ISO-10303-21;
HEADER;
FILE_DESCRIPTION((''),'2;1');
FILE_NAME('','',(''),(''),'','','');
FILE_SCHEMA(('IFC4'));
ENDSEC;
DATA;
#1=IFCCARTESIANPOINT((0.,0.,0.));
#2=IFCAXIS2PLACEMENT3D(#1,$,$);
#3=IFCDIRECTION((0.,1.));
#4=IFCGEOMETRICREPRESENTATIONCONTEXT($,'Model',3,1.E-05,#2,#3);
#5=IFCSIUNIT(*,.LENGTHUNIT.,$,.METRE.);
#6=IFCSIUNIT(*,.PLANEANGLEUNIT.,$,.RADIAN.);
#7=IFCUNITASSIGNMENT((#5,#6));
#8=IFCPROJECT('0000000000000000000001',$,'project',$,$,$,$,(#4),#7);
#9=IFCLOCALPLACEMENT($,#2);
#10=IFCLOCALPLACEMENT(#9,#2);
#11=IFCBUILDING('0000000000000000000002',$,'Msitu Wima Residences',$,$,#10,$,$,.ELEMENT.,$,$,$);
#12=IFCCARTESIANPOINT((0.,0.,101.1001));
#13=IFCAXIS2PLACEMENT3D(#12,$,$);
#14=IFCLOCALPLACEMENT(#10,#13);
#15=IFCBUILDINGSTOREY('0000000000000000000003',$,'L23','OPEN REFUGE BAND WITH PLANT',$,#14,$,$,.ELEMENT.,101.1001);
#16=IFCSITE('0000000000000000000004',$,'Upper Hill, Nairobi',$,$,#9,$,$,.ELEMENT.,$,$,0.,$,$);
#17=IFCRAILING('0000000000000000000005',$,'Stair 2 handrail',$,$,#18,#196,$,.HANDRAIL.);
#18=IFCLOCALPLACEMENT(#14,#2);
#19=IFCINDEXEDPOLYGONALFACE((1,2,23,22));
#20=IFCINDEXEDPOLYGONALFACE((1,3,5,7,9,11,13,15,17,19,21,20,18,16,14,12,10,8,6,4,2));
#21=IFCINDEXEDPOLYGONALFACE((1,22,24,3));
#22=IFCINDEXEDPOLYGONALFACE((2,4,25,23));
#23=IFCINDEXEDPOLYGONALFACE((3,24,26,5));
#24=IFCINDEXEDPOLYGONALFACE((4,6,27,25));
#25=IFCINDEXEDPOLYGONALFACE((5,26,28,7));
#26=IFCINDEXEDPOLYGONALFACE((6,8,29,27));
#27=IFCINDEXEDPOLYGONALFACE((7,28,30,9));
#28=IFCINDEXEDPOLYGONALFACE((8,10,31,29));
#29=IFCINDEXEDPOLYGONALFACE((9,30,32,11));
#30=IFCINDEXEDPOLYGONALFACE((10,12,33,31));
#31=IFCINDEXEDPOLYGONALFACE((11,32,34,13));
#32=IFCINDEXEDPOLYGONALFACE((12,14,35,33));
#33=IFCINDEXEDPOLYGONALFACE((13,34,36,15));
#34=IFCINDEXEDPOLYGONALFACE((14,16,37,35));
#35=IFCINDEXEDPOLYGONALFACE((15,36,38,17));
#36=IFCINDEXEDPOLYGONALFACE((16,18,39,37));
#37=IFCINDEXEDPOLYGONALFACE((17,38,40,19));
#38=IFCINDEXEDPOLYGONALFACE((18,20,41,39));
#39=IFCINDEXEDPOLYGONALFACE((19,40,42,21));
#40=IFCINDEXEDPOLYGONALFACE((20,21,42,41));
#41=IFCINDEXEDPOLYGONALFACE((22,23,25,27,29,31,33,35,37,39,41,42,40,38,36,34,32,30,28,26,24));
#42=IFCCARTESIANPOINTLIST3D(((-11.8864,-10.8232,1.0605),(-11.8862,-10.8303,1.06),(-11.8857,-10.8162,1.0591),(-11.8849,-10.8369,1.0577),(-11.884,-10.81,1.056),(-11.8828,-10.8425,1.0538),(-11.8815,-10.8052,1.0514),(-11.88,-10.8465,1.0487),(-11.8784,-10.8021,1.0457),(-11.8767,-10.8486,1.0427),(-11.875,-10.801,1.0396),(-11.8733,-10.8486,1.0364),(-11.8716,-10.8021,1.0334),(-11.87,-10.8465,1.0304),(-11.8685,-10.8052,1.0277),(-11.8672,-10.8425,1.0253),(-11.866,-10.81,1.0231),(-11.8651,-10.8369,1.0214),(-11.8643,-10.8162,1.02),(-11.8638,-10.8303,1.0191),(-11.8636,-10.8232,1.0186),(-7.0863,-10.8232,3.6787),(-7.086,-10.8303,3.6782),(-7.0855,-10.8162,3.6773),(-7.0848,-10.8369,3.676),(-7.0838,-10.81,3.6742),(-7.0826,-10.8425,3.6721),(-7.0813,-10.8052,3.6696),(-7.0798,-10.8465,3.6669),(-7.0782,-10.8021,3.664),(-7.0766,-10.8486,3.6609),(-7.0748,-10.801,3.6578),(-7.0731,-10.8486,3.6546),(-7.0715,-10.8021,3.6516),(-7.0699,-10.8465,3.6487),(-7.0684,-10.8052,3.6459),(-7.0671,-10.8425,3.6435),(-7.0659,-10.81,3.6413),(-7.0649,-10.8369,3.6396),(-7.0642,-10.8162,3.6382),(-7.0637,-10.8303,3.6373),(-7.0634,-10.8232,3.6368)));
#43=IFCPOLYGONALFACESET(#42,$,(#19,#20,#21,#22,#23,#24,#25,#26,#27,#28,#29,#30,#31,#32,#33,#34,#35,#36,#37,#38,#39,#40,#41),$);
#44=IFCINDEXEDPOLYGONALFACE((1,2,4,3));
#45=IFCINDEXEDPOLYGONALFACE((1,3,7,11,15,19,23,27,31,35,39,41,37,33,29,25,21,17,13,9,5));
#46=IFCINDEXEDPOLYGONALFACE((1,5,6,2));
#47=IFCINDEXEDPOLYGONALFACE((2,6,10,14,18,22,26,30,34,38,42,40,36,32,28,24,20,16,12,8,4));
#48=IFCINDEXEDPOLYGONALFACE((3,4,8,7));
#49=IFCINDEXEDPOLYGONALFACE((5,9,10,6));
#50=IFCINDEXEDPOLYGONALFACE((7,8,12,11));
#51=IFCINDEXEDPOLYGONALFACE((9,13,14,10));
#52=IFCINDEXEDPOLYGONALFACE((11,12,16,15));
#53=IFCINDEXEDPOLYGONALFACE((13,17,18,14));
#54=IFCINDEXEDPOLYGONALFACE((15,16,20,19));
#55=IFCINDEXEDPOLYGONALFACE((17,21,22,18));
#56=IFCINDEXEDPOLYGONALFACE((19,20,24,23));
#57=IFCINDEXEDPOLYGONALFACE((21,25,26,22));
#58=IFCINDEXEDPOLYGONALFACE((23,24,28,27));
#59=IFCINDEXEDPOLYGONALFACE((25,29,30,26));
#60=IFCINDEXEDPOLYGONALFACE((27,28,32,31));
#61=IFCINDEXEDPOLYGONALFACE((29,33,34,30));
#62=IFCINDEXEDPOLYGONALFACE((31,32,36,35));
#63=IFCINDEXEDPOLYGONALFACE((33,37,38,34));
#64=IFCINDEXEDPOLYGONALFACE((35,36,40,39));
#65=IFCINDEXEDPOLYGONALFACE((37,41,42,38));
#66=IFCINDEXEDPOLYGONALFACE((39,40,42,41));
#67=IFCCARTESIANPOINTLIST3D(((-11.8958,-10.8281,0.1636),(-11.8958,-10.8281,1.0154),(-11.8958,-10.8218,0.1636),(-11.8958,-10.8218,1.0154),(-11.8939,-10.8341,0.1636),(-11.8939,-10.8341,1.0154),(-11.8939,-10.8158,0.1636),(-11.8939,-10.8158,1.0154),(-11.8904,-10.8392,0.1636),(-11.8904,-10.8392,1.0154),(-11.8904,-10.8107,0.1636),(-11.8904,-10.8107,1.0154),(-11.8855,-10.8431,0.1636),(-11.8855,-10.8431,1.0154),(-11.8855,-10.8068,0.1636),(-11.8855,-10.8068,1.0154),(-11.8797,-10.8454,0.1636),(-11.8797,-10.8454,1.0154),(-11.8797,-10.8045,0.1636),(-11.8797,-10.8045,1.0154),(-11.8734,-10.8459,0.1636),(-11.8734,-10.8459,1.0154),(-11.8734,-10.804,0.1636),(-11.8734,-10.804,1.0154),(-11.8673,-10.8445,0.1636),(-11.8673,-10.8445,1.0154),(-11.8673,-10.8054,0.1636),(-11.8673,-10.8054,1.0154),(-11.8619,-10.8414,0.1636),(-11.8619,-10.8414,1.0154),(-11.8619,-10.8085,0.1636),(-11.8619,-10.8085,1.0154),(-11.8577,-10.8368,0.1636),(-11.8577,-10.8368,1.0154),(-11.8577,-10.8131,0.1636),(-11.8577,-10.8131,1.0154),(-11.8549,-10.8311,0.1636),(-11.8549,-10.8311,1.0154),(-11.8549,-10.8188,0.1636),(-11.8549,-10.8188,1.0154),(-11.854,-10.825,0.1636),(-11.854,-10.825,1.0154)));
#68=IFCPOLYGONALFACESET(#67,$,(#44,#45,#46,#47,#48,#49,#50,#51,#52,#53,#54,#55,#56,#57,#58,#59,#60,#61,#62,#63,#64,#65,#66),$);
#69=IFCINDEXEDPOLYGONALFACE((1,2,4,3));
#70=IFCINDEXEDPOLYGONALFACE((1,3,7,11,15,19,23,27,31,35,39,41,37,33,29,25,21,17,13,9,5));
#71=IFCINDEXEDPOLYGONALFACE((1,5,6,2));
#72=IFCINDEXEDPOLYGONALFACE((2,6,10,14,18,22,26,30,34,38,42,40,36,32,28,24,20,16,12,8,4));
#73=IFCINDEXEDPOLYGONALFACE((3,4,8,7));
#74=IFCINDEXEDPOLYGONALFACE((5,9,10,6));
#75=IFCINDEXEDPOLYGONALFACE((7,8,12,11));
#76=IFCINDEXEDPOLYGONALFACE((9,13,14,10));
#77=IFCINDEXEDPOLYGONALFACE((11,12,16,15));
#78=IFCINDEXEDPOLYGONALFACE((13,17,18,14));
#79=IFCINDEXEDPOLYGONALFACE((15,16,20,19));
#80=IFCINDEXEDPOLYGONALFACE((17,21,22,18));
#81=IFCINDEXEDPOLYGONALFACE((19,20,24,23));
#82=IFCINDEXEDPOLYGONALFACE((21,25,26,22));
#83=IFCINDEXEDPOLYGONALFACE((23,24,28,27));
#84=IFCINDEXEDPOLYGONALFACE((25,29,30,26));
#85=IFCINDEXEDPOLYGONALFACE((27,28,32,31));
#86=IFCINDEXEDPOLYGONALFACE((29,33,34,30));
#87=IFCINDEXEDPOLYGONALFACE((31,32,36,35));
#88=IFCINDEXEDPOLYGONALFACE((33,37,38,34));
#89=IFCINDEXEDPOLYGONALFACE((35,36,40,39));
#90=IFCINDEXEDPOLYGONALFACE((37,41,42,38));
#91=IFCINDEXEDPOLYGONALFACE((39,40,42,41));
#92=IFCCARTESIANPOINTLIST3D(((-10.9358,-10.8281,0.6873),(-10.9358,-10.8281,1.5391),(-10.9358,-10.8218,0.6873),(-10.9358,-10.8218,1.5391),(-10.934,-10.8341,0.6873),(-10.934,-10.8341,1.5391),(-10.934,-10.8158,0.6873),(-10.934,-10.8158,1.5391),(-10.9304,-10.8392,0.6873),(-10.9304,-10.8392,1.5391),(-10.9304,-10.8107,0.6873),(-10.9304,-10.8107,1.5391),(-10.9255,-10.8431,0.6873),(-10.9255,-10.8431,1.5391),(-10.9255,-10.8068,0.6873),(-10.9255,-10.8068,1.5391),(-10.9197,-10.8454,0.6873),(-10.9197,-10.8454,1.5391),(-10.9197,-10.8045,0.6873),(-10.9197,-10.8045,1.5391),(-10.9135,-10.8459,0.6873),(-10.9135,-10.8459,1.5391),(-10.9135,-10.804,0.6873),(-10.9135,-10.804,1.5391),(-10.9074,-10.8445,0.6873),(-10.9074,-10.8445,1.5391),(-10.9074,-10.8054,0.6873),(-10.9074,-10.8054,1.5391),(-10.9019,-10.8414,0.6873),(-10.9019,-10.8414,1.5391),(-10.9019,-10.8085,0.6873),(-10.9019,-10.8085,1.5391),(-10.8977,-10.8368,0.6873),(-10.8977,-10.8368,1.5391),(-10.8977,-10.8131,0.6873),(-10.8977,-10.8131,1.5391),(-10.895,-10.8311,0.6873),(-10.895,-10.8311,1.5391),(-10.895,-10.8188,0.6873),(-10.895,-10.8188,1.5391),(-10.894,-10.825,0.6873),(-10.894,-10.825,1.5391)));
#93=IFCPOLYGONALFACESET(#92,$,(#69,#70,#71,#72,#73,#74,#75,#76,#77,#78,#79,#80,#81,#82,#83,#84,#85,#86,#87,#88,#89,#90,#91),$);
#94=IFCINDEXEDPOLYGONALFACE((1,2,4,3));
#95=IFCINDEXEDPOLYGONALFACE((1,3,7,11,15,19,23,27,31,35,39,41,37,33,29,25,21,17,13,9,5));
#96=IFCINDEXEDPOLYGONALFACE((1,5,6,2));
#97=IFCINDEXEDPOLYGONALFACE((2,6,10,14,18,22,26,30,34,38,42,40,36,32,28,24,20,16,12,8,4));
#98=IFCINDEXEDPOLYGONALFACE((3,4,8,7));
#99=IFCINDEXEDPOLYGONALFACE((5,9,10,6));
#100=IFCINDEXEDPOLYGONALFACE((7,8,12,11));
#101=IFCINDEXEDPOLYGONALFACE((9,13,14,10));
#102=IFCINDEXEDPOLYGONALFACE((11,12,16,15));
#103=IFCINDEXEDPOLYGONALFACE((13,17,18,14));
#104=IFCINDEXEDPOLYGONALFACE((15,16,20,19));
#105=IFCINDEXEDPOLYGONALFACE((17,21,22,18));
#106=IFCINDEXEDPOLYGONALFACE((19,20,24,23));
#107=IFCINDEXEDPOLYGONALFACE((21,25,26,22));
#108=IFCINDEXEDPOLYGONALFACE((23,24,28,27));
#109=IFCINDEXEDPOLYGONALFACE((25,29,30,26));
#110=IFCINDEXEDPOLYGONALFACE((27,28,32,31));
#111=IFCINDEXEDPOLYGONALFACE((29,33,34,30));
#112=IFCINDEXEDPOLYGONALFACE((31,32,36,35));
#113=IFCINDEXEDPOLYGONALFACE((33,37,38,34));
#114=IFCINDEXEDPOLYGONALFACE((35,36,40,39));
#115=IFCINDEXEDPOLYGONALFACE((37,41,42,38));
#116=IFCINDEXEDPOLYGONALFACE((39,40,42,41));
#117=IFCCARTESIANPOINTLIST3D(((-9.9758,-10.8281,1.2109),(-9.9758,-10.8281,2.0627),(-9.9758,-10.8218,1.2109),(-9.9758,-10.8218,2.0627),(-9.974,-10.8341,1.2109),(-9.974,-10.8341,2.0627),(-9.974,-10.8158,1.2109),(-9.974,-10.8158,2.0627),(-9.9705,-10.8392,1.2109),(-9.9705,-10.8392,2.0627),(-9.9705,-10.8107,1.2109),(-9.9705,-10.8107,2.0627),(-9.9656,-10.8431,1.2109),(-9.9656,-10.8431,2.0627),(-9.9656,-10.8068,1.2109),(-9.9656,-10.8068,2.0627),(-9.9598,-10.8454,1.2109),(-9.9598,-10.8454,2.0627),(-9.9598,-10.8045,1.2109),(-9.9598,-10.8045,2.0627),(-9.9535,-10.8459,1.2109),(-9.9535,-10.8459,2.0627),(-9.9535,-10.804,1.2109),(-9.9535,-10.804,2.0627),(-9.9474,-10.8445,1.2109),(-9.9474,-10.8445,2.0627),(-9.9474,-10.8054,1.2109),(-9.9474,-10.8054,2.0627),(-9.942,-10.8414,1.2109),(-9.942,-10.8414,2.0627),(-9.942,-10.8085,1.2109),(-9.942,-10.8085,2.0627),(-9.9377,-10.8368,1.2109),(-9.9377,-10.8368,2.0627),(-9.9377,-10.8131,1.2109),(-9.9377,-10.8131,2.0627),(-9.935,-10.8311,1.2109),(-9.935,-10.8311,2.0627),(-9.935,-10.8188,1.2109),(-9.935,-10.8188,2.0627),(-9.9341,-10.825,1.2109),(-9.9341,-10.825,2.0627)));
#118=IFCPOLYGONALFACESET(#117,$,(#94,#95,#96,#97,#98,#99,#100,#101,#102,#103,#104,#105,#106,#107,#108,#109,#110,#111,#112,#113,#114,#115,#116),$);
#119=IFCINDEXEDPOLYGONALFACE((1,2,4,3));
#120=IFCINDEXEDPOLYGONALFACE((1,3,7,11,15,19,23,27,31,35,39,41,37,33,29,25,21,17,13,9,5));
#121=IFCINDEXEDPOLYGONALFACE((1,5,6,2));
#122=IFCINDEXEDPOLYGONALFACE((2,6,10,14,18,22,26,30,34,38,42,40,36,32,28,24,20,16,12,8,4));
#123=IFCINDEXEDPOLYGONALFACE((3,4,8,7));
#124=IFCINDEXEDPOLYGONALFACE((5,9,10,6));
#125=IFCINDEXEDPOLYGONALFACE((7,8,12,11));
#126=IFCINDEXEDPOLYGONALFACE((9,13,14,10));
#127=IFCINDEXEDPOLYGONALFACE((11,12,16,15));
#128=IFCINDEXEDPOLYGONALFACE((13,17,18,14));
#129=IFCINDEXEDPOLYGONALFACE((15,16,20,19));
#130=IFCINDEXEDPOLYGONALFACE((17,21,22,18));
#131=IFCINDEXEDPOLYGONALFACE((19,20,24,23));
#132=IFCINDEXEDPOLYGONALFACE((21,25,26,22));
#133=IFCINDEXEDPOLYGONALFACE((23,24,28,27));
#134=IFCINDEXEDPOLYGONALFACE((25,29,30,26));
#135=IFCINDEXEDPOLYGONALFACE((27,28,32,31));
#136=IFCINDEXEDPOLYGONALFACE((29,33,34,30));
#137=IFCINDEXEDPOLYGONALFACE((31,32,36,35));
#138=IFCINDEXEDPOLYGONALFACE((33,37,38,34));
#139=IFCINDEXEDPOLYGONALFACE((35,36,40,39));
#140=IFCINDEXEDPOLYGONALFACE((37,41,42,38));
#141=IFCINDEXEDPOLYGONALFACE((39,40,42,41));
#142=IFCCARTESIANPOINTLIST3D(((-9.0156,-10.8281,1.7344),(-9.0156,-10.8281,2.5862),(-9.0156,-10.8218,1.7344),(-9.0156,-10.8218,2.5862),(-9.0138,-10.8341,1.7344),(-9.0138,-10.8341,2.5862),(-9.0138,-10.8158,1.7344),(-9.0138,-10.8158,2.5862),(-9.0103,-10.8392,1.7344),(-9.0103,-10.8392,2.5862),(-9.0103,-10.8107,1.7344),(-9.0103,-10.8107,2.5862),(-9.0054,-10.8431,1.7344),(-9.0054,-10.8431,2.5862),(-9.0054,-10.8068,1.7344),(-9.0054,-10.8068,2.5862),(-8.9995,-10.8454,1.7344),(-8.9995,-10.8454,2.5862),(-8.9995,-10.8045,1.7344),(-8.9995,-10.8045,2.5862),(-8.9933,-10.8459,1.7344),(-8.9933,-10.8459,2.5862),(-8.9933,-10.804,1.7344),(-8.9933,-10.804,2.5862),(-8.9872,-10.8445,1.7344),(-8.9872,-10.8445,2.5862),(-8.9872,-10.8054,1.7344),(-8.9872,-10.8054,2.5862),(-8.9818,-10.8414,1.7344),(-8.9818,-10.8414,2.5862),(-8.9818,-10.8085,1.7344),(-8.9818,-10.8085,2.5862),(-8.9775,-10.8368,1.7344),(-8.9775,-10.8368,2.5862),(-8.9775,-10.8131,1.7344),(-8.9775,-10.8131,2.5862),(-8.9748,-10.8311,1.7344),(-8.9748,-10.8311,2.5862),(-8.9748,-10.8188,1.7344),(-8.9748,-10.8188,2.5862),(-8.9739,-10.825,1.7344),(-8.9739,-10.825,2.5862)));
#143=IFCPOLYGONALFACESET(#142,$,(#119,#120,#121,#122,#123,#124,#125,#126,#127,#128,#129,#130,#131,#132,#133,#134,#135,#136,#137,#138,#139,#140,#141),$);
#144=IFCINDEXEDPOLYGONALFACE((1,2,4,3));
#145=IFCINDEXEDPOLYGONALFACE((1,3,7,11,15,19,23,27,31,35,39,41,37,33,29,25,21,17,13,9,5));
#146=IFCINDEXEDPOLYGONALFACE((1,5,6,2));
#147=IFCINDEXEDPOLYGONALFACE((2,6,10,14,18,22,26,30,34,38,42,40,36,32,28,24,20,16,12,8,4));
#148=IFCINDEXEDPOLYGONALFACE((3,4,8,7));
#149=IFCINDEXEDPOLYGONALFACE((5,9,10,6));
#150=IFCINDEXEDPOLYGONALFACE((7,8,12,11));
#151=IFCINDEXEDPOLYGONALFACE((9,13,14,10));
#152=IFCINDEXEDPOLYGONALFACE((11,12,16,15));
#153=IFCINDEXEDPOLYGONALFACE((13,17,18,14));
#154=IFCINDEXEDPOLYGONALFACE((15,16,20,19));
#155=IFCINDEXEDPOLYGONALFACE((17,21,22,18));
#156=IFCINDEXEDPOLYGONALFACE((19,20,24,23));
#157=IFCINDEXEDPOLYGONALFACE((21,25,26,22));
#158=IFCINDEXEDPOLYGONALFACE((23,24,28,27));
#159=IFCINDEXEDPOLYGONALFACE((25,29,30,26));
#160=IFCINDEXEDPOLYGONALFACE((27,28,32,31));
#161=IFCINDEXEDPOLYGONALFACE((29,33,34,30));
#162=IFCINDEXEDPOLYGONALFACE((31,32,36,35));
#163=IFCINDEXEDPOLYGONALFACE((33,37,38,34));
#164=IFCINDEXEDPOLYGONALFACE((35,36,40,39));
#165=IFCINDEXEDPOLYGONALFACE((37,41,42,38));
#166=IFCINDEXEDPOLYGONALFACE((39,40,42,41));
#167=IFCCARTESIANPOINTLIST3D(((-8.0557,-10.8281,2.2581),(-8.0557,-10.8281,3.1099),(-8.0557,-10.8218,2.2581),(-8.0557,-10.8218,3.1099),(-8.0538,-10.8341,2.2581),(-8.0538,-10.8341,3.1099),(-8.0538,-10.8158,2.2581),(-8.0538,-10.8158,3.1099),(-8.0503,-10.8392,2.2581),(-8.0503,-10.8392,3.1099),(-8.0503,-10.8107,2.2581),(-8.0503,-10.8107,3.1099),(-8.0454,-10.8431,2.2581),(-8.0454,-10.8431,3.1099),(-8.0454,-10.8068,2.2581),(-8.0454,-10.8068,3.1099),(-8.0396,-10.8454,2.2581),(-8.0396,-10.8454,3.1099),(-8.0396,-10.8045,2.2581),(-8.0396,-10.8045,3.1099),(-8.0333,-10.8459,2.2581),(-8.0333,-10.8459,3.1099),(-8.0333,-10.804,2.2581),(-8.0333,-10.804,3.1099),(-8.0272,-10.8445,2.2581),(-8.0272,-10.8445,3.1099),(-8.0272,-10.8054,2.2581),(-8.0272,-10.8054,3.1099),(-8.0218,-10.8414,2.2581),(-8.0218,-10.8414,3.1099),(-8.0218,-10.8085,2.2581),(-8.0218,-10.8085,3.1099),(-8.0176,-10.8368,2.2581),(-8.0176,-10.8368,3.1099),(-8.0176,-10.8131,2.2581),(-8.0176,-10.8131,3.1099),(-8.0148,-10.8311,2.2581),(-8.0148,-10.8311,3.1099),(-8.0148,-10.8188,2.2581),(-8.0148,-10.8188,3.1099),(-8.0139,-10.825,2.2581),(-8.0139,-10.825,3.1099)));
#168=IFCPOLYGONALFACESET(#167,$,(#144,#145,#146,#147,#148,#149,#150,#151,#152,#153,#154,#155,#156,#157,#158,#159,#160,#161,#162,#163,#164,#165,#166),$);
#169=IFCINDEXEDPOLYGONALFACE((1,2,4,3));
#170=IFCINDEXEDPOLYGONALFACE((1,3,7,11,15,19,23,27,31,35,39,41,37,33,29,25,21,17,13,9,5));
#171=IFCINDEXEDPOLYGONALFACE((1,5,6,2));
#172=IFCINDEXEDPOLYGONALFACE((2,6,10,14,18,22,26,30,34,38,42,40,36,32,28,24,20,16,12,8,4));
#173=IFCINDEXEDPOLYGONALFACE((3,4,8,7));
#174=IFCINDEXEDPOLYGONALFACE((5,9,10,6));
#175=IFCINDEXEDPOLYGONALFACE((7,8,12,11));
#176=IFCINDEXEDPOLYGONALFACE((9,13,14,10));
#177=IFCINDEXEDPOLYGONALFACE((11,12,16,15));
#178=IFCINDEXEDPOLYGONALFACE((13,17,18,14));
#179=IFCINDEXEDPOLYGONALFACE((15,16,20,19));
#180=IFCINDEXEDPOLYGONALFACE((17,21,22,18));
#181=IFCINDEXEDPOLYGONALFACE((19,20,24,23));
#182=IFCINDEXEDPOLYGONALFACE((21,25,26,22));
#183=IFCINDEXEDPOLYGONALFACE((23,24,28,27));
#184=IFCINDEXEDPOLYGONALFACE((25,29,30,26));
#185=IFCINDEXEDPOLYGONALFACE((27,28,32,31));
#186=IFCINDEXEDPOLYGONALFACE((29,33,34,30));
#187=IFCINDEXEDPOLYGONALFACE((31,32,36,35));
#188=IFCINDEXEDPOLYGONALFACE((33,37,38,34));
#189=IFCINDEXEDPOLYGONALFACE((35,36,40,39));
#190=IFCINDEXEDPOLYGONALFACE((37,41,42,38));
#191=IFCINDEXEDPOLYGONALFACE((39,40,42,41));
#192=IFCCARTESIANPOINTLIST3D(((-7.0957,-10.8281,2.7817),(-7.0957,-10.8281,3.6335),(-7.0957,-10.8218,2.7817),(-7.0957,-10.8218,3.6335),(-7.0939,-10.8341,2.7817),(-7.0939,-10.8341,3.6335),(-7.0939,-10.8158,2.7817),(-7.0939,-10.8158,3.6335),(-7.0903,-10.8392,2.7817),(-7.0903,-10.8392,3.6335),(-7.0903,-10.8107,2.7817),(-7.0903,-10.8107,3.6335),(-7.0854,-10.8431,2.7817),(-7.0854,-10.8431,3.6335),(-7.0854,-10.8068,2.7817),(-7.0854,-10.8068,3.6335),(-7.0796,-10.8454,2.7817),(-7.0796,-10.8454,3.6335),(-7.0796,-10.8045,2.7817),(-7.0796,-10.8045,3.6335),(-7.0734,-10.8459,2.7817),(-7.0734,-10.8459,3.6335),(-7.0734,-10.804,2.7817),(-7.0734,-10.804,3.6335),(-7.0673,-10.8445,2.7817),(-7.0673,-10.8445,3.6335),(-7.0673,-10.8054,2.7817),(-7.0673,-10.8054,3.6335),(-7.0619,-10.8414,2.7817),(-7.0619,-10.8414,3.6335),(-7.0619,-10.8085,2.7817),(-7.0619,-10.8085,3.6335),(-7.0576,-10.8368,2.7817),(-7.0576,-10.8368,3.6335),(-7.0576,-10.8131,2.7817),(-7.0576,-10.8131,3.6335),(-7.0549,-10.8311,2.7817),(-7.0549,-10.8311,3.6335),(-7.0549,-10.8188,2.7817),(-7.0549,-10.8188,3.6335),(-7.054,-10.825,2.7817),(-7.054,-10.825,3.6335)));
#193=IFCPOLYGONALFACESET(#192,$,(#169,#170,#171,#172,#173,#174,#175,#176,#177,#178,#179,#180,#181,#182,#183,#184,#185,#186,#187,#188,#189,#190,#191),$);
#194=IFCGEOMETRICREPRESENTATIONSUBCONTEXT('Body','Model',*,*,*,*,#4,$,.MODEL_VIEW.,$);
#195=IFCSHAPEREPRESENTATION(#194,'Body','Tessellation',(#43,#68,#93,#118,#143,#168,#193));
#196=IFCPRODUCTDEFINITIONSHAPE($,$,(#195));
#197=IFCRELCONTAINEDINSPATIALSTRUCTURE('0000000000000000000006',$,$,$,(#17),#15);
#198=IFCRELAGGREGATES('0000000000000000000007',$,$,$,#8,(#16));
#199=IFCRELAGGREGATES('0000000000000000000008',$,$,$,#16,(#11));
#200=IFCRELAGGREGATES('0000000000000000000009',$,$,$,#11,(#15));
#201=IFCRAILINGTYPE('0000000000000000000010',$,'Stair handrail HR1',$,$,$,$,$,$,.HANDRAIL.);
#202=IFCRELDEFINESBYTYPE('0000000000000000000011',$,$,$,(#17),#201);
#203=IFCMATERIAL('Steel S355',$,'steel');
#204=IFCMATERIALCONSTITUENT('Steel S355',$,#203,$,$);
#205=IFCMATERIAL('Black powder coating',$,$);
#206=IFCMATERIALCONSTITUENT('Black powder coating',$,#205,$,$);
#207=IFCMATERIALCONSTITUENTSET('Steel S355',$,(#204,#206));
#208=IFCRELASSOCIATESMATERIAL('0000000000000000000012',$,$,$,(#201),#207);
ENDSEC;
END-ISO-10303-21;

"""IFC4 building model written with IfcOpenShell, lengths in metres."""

from ifc_helpers import new_model, si_unit, direction, frame, origin, origin_2d, place, context, subcontext, project, spatial, circle, extrude, material, constituent, constituent_set, type_object, element, save


model = new_model("IFC4")

# Units and contexts
model_context = context("Model", 3, precision=1e-05, world=origin(), true_north=direction((0.0, 1.0)))
body_context = subcontext(model_context, "Body", "Model", "MODEL_VIEW")
ifc_project = project(units=[si_unit("LENGTHUNIT", "METRE"), si_unit("PLANEANGLEUNIT", "RADIAN")], contexts=[model_context])

# Site, building, storey
site_placement = place(None, origin())
site = spatial("IfcSite", under=ifc_project, at=site_placement, Name="Upper Hill, Nairobi", CompositionType="ELEMENT", RefElevation=0.0)
building_placement = place(site_placement, origin())
building = spatial("IfcBuilding", under=site, at=building_placement, Name="Msitu Wima Residences", CompositionType="ELEMENT")
storey_placement = place(building_placement, frame((0.0, 0.0, 101.1001)))
storey = spatial("IfcBuildingStorey", under=building, at=storey_placement, Name="L23", Description="OPEN REFUGE BAND WITH PLANT", CompositionType="ELEMENT", Elevation=101.1001)

# Railing
ifc_material_1 = material(Name="Steel S355", Category="steel")
ifc_constituent_1 = constituent(ifc_material_1, Name="Steel S355")
ifc_material_2 = material(Name="Black powder coating")
ifc_constituent_2 = constituent(ifc_material_2, Name="Black powder coating")
ifc_constituent_set = constituent_set(constituents=[ifc_constituent_1, ifc_constituent_2], Name="Steel S355")
railing_type = type_object("IfcRailingType", Name="Stair handrail HR1", PredefinedType="HANDRAIL", material=ifc_constituent_set)
for number, where, name in (
    (1, (-11.875, -10.825, 0.1636), "Stair 2 handrail"),
):
    element("IfcRailing", number, at=place(storey_placement, frame(where)), inside=storey, type_object=railing_type, Name=name, PredefinedType="HANDRAIL", context=body_context, shape_type="SweptSolid", body=[
        extrude(circle(Radius=0.0239, at=origin_2d()), frame((0.0, 0.0, 0.876), z_axis=(0.877899, 0.0, 0.478846), x_axis=(0.0, 1.0, 0.0)), (0.0, 0.0, 1.0), 5.4678),
        extrude(circle(Radius=0.021, at=origin_2d()), origin(), (0.0, 0.0, 1.0), 0.8518),
        extrude(circle(Radius=0.021, at=origin_2d()), frame((0.96, 0.0, 0.5237)), (0.0, 0.0, 1.0), 0.8518),
        extrude(circle(Radius=0.021, at=origin_2d()), frame((1.9199, 0.0, 1.0474)), (0.0, 0.0, 1.0), 0.8518),
        extrude(circle(Radius=0.021, at=origin_2d()), frame((2.8801, 0.0, 1.5708)), (0.0, 0.0, 1.0), 0.8518),
        extrude(circle(Radius=0.021, at=origin_2d()), frame((3.8401, 0.0, 2.0945)), (0.0, 0.0, 1.0), 0.8518),
        extrude(circle(Radius=0.021, at=origin_2d()), frame((4.8, 0.0, 2.6182)), (0.0, 0.0, 1.0), 0.8518),
    ])

save(model, "model.ifc")
